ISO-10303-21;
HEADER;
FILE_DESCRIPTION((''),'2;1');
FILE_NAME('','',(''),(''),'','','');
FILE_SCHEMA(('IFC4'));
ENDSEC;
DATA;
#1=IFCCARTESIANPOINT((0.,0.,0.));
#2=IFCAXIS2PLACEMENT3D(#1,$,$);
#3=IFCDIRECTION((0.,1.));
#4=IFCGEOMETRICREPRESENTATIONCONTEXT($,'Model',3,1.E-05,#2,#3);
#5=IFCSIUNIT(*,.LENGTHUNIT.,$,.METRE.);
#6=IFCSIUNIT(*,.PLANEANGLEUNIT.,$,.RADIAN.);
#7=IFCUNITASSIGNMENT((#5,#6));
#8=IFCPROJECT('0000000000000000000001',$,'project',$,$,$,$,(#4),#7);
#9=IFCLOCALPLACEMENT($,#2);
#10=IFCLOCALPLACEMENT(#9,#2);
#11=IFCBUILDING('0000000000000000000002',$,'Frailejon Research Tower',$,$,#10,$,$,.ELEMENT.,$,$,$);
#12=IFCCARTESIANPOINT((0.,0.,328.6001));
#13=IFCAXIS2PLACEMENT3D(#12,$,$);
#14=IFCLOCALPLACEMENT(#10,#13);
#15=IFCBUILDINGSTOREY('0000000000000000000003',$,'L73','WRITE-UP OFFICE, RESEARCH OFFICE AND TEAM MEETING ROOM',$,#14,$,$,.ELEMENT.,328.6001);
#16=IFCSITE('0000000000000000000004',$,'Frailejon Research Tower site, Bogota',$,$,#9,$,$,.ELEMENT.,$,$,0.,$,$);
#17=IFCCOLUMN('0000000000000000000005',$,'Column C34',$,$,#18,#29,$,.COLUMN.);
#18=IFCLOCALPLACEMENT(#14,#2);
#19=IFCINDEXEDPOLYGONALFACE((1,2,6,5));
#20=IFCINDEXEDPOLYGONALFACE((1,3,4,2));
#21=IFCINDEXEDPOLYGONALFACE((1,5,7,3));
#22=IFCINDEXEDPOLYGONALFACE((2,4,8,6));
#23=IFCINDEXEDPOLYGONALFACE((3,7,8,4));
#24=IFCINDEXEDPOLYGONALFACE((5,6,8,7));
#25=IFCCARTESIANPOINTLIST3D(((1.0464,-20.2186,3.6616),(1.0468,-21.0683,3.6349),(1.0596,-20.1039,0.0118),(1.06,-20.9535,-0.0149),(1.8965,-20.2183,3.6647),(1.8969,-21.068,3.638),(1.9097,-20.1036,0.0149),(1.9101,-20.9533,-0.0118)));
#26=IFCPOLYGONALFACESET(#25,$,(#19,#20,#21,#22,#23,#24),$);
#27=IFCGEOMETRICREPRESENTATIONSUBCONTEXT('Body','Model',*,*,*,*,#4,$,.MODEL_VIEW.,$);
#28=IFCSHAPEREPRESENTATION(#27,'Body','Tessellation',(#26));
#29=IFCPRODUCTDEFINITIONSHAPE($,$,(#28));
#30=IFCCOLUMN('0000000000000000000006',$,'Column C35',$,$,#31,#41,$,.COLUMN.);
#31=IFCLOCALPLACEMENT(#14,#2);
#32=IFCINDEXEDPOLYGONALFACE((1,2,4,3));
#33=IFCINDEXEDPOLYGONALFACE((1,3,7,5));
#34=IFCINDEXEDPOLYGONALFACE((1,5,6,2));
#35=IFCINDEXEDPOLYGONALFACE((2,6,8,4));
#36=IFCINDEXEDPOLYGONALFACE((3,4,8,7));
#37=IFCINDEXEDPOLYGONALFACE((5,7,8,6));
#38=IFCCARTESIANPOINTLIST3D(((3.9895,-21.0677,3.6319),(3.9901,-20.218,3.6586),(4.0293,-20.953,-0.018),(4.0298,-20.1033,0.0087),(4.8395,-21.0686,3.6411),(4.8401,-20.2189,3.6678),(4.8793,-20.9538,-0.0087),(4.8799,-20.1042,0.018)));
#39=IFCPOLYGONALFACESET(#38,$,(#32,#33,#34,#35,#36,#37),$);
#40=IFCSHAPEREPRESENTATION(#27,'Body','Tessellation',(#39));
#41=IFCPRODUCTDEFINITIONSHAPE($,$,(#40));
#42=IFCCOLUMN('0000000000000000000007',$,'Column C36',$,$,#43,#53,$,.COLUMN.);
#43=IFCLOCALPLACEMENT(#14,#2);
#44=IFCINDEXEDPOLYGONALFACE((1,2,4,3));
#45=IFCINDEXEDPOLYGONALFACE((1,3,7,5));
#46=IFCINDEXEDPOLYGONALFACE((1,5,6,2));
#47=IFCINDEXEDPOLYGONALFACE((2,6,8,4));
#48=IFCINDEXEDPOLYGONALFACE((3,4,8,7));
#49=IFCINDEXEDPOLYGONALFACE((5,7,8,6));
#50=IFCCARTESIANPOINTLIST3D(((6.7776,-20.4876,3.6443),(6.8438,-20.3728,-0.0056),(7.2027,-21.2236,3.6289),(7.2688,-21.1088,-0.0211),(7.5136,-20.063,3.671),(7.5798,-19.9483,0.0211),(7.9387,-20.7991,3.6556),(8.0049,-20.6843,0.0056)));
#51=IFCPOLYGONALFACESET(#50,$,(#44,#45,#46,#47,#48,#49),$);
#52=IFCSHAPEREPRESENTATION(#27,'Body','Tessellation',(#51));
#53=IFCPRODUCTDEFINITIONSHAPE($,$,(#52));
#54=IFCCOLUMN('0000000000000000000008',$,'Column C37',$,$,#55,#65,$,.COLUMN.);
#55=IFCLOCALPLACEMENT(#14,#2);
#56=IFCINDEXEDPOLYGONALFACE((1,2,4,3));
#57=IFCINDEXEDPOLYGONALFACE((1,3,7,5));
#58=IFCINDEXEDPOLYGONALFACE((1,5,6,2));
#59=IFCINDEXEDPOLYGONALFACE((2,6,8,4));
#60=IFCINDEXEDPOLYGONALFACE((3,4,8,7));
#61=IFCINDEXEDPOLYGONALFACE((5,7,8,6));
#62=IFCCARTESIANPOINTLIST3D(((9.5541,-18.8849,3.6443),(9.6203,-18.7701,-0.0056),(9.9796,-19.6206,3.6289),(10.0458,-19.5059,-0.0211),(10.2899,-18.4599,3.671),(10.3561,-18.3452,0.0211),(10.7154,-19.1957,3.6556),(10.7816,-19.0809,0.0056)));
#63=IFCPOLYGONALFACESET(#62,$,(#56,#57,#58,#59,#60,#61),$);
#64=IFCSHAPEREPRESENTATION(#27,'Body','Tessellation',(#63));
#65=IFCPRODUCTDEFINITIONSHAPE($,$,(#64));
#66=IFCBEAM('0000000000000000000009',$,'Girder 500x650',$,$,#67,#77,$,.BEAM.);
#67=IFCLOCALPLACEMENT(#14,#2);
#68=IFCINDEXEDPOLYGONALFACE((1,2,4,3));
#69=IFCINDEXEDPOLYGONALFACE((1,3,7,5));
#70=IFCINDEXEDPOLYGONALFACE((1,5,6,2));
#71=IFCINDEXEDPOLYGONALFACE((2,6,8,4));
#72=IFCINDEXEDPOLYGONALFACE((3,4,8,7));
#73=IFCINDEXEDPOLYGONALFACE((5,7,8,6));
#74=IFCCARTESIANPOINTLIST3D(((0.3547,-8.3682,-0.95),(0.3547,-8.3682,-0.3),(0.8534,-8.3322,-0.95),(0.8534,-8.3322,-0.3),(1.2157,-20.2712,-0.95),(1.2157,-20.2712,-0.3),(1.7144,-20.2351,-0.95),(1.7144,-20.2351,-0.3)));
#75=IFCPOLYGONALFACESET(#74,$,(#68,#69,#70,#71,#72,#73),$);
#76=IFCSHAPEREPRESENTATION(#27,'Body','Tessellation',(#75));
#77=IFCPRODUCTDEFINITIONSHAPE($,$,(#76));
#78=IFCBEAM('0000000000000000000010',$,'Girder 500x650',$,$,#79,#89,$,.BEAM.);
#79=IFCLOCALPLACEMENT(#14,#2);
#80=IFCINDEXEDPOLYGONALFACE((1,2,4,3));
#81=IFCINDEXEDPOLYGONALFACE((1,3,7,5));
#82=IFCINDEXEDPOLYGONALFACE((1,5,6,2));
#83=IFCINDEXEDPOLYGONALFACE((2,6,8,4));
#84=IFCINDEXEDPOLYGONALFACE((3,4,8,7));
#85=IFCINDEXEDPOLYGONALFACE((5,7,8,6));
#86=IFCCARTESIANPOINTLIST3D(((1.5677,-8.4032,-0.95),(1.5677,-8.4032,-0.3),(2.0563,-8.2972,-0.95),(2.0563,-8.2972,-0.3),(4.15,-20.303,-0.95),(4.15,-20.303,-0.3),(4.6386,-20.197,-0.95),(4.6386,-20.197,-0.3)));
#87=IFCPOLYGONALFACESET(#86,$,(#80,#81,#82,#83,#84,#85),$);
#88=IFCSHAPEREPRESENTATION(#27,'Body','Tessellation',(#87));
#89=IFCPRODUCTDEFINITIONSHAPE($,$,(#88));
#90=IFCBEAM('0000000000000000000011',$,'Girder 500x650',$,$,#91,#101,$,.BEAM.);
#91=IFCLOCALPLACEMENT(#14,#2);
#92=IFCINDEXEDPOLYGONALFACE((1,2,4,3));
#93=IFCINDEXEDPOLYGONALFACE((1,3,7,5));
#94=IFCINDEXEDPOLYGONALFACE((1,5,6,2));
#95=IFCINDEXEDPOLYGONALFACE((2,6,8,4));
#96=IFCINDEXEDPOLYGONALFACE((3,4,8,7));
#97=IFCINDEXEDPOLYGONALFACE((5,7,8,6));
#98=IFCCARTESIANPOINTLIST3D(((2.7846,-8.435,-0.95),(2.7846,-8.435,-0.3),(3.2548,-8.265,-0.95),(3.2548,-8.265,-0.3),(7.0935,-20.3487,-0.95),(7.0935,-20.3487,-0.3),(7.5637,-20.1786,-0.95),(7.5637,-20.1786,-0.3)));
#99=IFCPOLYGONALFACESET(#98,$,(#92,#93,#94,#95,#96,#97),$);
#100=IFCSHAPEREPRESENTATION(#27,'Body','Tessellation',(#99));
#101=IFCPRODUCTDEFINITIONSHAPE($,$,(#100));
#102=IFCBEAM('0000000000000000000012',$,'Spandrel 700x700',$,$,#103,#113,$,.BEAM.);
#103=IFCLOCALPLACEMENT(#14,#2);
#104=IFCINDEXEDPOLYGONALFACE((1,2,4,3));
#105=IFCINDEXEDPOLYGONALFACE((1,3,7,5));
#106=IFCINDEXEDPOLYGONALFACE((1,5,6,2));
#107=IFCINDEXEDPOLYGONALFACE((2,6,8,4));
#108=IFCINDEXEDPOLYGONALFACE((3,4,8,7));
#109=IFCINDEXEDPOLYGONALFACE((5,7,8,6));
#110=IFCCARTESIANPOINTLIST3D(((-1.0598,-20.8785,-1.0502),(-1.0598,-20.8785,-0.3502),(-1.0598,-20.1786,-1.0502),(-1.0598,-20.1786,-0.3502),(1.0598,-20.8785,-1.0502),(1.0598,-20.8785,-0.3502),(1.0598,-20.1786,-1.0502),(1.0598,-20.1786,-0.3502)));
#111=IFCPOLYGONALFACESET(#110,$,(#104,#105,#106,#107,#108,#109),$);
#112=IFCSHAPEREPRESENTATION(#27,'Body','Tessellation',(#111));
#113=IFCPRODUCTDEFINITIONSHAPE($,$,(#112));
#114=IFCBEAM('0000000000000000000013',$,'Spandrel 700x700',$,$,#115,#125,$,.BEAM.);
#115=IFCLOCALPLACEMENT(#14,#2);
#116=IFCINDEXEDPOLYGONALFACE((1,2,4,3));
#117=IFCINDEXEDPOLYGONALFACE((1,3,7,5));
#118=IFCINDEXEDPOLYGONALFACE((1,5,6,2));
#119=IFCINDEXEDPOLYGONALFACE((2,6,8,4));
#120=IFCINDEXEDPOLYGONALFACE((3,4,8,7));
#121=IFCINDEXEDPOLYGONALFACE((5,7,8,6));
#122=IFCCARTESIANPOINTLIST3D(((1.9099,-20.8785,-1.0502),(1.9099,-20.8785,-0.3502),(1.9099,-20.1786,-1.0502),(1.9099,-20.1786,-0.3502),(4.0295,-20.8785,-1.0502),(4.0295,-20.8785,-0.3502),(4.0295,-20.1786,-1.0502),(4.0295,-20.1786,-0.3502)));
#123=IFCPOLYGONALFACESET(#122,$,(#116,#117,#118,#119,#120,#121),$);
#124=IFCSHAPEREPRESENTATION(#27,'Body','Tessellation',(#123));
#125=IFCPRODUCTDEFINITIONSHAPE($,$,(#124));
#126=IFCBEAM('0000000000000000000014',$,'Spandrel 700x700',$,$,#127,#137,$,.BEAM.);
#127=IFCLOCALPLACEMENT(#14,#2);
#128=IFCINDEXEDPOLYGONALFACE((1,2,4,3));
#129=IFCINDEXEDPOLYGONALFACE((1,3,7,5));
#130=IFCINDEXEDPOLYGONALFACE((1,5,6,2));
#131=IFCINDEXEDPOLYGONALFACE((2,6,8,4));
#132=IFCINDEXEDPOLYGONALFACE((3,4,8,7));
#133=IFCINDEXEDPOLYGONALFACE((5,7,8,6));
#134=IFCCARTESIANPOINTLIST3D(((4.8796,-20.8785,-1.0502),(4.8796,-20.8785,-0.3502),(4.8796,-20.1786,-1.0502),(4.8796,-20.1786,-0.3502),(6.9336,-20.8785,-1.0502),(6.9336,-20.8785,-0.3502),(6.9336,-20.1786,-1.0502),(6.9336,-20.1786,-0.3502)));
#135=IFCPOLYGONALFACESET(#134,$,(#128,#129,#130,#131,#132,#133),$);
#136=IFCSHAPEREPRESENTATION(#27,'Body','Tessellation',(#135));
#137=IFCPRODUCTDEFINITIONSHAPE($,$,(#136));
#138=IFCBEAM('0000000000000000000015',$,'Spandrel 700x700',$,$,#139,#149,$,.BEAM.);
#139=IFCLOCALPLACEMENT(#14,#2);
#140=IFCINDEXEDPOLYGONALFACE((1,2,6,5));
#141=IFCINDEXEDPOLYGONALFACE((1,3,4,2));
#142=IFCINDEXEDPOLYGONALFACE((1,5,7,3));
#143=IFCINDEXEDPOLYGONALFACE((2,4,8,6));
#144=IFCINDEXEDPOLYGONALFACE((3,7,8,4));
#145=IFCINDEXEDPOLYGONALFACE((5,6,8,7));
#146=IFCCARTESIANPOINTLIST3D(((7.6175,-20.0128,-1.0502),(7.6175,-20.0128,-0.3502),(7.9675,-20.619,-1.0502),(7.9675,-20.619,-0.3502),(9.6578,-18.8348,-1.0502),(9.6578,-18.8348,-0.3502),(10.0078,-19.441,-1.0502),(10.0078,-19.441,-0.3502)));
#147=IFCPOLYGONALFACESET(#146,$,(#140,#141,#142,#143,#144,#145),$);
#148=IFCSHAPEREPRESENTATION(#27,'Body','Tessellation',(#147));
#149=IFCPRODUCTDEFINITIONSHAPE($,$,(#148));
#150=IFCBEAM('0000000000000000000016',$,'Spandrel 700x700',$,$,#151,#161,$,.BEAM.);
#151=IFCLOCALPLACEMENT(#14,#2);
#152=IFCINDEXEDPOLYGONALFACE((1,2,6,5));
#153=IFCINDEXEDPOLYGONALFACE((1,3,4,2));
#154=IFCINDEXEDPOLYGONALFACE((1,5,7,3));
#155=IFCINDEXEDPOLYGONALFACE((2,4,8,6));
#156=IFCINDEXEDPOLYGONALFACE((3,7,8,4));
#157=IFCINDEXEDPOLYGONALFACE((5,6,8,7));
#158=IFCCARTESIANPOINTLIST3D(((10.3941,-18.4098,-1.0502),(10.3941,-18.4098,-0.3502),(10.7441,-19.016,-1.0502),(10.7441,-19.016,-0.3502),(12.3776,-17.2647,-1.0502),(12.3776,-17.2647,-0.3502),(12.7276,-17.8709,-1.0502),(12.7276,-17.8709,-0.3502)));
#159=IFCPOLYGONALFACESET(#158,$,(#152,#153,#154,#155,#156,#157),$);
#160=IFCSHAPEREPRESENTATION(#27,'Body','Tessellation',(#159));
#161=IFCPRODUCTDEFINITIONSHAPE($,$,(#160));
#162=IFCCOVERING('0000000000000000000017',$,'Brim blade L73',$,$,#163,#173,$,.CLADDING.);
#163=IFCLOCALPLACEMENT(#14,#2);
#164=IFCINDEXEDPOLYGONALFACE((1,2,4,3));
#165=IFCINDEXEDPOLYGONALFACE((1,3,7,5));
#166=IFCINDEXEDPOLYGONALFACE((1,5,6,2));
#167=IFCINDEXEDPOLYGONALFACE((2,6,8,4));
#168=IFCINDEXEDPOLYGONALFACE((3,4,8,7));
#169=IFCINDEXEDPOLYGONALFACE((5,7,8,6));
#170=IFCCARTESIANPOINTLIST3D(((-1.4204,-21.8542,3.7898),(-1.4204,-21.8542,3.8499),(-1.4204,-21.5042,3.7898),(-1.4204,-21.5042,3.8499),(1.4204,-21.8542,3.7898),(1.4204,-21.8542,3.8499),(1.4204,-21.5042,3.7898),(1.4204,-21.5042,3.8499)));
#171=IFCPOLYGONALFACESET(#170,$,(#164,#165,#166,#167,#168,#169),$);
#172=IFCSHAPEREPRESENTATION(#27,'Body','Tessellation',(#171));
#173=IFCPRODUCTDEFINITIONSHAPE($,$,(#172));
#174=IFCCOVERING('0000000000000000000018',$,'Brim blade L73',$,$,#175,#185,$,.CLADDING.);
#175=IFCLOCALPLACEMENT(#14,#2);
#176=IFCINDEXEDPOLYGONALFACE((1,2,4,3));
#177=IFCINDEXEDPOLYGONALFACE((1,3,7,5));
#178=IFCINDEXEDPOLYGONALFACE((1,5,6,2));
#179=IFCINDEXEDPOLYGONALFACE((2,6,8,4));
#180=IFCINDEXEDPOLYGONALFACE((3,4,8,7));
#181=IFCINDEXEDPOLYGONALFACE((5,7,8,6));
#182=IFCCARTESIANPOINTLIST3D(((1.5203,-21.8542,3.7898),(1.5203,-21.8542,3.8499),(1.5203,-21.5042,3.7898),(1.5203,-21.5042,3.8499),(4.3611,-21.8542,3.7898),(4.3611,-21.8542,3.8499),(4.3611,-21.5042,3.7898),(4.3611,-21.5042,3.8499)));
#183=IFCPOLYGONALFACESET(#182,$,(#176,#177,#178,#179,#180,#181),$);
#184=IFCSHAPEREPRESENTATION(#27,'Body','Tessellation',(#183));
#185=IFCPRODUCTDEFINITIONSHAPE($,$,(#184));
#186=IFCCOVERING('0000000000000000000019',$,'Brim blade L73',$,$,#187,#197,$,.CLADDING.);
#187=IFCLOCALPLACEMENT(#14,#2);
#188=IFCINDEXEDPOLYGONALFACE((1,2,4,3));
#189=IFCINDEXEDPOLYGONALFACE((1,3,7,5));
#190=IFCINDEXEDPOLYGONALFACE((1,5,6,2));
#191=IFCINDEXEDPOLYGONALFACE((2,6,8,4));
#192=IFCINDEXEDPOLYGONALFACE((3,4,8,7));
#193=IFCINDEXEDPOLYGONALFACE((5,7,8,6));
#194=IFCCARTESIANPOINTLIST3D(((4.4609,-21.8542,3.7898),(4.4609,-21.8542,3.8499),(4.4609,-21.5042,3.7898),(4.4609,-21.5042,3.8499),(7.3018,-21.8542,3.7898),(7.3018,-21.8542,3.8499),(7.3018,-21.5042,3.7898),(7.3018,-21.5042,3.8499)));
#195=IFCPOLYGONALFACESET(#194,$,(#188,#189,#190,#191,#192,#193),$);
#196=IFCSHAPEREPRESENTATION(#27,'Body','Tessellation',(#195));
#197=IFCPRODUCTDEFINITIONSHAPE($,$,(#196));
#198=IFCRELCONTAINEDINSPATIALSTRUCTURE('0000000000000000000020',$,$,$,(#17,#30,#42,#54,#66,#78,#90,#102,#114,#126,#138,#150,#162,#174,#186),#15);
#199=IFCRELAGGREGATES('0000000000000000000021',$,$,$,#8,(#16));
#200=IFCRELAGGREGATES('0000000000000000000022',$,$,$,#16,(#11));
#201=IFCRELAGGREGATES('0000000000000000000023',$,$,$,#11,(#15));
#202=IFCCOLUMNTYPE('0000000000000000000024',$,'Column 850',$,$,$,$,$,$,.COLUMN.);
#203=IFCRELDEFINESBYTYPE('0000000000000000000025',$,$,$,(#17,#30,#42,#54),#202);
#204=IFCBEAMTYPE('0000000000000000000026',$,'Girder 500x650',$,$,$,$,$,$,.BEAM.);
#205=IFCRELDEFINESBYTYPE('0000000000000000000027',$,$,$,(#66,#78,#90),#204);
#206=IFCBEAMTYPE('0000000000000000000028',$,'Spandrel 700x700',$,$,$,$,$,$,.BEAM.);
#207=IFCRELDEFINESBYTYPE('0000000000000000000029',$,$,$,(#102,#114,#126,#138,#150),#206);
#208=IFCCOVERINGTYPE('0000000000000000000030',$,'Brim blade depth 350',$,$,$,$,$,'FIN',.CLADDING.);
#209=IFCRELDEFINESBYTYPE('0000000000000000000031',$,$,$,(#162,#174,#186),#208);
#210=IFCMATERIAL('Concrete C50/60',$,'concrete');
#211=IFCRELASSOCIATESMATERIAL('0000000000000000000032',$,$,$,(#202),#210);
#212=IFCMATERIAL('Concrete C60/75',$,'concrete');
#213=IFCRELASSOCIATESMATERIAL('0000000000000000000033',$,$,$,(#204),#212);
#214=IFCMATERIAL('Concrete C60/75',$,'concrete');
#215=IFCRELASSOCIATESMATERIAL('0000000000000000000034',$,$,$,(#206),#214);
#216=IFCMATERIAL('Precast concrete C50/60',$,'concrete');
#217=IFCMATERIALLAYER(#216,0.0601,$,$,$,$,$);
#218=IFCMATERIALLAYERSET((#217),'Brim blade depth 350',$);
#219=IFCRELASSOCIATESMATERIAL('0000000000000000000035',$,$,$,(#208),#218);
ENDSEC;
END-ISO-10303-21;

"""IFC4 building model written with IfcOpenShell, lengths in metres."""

from ifc_helpers import new_model, si_unit, direction, frame, origin, origin_2d, place, context, subcontext, project, spatial, polyline, rectangle, outline, extrude, material, layer, layer_set, material_profile, profile_set, type_object, element, save


model = new_model("IFC4")

# Units and contexts
model_context = context("Model", 3, precision=1e-05, world=origin(), true_north=direction((0.0, 1.0)))
body_context = subcontext(model_context, "Body", "Model", "MODEL_VIEW")
ifc_project = project(units=[si_unit("LENGTHUNIT", "METRE"), si_unit("PLANEANGLEUNIT", "RADIAN")], contexts=[model_context])

# Site, building, storey
site_placement = place(None, origin())
site = spatial("IfcSite", under=ifc_project, at=site_placement, Name="Frailejon Research Tower site, Bogota", CompositionType="ELEMENT", RefElevation=0.0)
building_placement = place(site_placement, origin())
building = spatial("IfcBuilding", under=site, at=building_placement, Name="Frailejon Research Tower", CompositionType="ELEMENT")
storey_placement = place(building_placement, frame((0.0, 0.0, 328.6001)))
storey = spatial("IfcBuildingStorey", under=building, at=storey_placement, Name="L73", Description="WRITE-UP OFFICE, RESEARCH OFFICE AND TEAM MEETING ROOM", CompositionType="ELEMENT", Elevation=328.6001)

# Columns
ifc_material_1 = material(Name="Concrete C50/60", Category="concrete")
ifc_material_profile_1 = material_profile(ifc_material_1, rectangle(XDim=0.8501, YDim=0.8501, at=origin_2d()), Name="Column 850")
ifc_profile_set_1 = profile_set([ifc_material_profile_1], Name="Concrete C50/60")
column_type = type_object("IfcColumnType", Name="Column 850", PredefinedType="COLUMN", material=ifc_profile_set_1)
column_1_placement = place(storey_placement, frame((1.4849, -20.5286, 0.0), z_axis=(-0.00361, -0.031422, 0.9995), x_axis=(0.999993, 0.000341, 0.003623)))
element("IfcColumn", 1, at=column_1_placement, inside=storey, type_object=column_type, Name="Column C34", PredefinedType="COLUMN", context=body_context, shape_type="SweptSolid", body=[
    extrude(rectangle(XDim=0.8501, YDim=0.8501, at=origin_2d()), origin(), (0.0, 0.0, 1.0), 3.6516),
])
column_2_placement = place(storey_placement, frame((4.4546, -20.5286, 0.0), z_axis=(-0.010897, -0.031421, 0.999447), x_axis=(0.99994, -0.001008, 0.010871)))
element("IfcColumn", 2, at=column_2_placement, inside=storey, type_object=column_type, Name="Column C35", PredefinedType="COLUMN", context=body_context, shape_type="SweptSolid", body=[
    extrude(rectangle(XDim=0.8501, YDim=0.8501, at=origin_2d()), origin(), (0.0, 0.0, 1.0), 3.6519),
])
for number, where, z_axis, x_axis, name in (
    (3, (7.4243, -20.5286, 0.0), (-0.018115, -0.031417, 0.999342), (0.865818, 0.499373, 0.031394), "Column C36"),
    (4, (10.2009, -18.9255, 0.0), (-0.018115, -0.031417, 0.999342), (0.86552, 0.499889, 0.031405), "Column C37"),
):
    element("IfcColumn", number, at=place(storey_placement, frame(where, z_axis=z_axis, x_axis=x_axis)), inside=storey, type_object=column_type, Name=name, PredefinedType="COLUMN", context=body_context, shape_type="SweptSolid", body=[
        extrude(rectangle(XDim=0.8501, YDim=0.8501, at=origin_2d()), origin(), (0.0, 0.0, 1.0), 3.6523),
    ])

# Beams
ifc_material_2 = material(Name="Concrete C60/75", Category="concrete")
ifc_material_profile_2 = material_profile(ifc_material_2, rectangle(XDim=0.5, YDim=0.6499, at=origin_2d()), Name="Girder 500x650")
ifc_profile_set_2 = profile_set([ifc_material_profile_2], Name="Concrete C60/75")
beam_type_1 = type_object("IfcBeamType", Name="Girder 500x650", PredefinedType="BEAM", material=ifc_profile_set_2)
beam_1_placement = place(storey_placement, frame((1.4651, -20.2532, -0.625), z_axis=(-0.072153, 0.997394, 0.0), x_axis=(-0.997394, -0.072153, 0.0)))
element("IfcBeam", 5, at=beam_1_placement, inside=storey, type_object=beam_type_1, Name="Girder 500x650", PredefinedType="BEAM", context=body_context, shape_type="SweptSolid", body=[
    extrude(rectangle(XDim=0.5, YDim=0.6499, at=origin_2d()), origin(), (0.0, 0.0, 1.0), 11.9341),
])
beam_2_placement = place(storey_placement, frame((4.3943, -20.25, -0.625), z_axis=(-0.212064, 0.977256, 0.0), x_axis=(-0.977256, -0.212064, 0.0)))
element("IfcBeam", 6, at=beam_2_placement, inside=storey, type_object=beam_type_1, Name="Girder 500x650", PredefinedType="BEAM", context=body_context, shape_type="SweptSolid", body=[
    extrude(rectangle(XDim=0.5, YDim=0.6499, at=origin_2d()), origin(), (0.0, 0.0, 1.0), 12.1768),
])
beam_3_placement = place(storey_placement, frame((7.3286, -20.2637, -0.625), z_axis=(-0.340113, 0.940384, 0.0), x_axis=(-0.940384, -0.340113, 0.0)))
element("IfcBeam", 7, at=beam_3_placement, inside=storey, type_object=beam_type_1, Name="Girder 500x650", PredefinedType="BEAM", context=body_context, shape_type="SweptSolid", body=[
    extrude(rectangle(XDim=0.5, YDim=0.6499, at=origin_2d()), origin(), (0.0, 0.0, 1.0), 12.6689),
])
ifc_material_3 = material(Name="Concrete C60/75", Category="concrete")
ifc_material_profile_3 = material_profile(ifc_material_3, rectangle(XDim=0.7, YDim=0.7, at=origin_2d()), Name="Spandrel 700x700")
ifc_profile_set_3 = profile_set([ifc_material_profile_3], Name="Concrete C60/75")
beam_type_2 = type_object("IfcBeamType", Name="Spandrel 700x700", PredefinedType="BEAM", material=ifc_profile_set_3)
for number, where, z_axis, x_axis, name in (
    (8, (-1.0598, -20.5286, -0.7002), (1.0, 0.0, 0.0), (0.0, 1.0, 0.0), "Spandrel 700x700"),
    (9, (1.9099, -20.5286, -0.7002), (1.0, 0.0, 0.0), (0.0, 1.0, 0.0), "Spandrel 700x700"),
):
    element("IfcBeam", number, at=place(storey_placement, frame(where, z_axis=z_axis, x_axis=x_axis)), inside=storey, type_object=beam_type_2, Name=name, PredefinedType="BEAM", context=body_context, shape_type="SweptSolid", body=[
        extrude(rectangle(XDim=0.7, YDim=0.7, at=origin_2d()), origin(), (0.0, 0.0, 1.0), 2.1196),
    ])
beam_4_placement = place(storey_placement, frame((4.8796, -20.5286, -0.7002), z_axis=(1.0, 0.0, 0.0), x_axis=(0.0, 1.0, 0.0)))
element("IfcBeam", 10, at=beam_4_placement, inside=storey, type_object=beam_type_2, Name="Spandrel 700x700", PredefinedType="BEAM", context=body_context, shape_type="SweptSolid", body=[
    extrude(rectangle(XDim=0.7, YDim=0.7, at=origin_2d()), origin(), (0.0, 0.0, 1.0), 2.054),
])
beam_5_placement = place(storey_placement, frame((7.7925, -20.3159, -0.7002), z_axis=(0.866022, 0.500007, 0.0), x_axis=(-0.500007, 0.866022, 0.0)))
element("IfcBeam", 11, at=beam_5_placement, inside=storey, type_object=beam_type_2, Name="Spandrel 700x700", PredefinedType="BEAM", context=body_context, shape_type="SweptSolid", body=[
    extrude(rectangle(XDim=0.7, YDim=0.7, at=origin_2d()), origin(), (0.0, 0.0, 1.0), 2.356),
])
beam_6_placement = place(storey_placement, frame((10.5691, -18.7129, -0.7002), z_axis=(0.866044, 0.499969, 0.0), x_axis=(-0.499969, 0.866044, 0.0)))
element("IfcBeam", 12, at=beam_6_placement, inside=storey, type_object=beam_type_2, Name="Spandrel 700x700", PredefinedType="BEAM", context=body_context, shape_type="SweptSolid", body=[
    extrude(rectangle(XDim=0.7, YDim=0.7, at=origin_2d()), origin(), (0.0, 0.0, 1.0), 2.2903),
])

# Coverings
ifc_material_4 = material(Name="Precast concrete C50/60", Category="concrete")
ifc_layer_1 = layer(ifc_material_4, 0.0601)
ifc_layer_set_1 = layer_set([ifc_layer_1], Name="Brim blade depth 350")
covering_type_1 = type_object("IfcCoveringType", Name="Brim blade depth 350", ElementType="FIN", PredefinedType="CLADDING", material=ifc_layer_set_1)
for number, where, z_axis, x_axis, name in (
    (13, (1.4204, -21.5042, 3.8499), (-1.0, 0.0, 0.0), (0.0, -1.0, 0.0), "Brim blade L73"),
    (14, (4.3611, -21.5042, 3.8499), (-1.0, 0.0, 0.0), (0.0, -1.0, 0.0), "Brim blade L73"),
    (15, (7.3018, -21.5042, 3.8499), (-1.0, 0.0, 0.0), (0.0, -1.0, 0.0), "Brim blade L73"),
):
    element("IfcCovering", number, at=place(storey_placement, frame(where, z_axis=z_axis, x_axis=x_axis)), inside=storey, type_object=covering_type_1, Name=name, PredefinedType="CLADDING", context=body_context, shape_type="SweptSolid", body=[
        extrude(outline(polyline([(0.0, -0.0601), (0.3501, -0.0601), (0.3501, 0.0), (0.0, 0.0), (0.0, -0.0601)])), origin(), (0.0, 0.0, 1.0), 2.8408),
    ])

save(model, "model.ifc")
